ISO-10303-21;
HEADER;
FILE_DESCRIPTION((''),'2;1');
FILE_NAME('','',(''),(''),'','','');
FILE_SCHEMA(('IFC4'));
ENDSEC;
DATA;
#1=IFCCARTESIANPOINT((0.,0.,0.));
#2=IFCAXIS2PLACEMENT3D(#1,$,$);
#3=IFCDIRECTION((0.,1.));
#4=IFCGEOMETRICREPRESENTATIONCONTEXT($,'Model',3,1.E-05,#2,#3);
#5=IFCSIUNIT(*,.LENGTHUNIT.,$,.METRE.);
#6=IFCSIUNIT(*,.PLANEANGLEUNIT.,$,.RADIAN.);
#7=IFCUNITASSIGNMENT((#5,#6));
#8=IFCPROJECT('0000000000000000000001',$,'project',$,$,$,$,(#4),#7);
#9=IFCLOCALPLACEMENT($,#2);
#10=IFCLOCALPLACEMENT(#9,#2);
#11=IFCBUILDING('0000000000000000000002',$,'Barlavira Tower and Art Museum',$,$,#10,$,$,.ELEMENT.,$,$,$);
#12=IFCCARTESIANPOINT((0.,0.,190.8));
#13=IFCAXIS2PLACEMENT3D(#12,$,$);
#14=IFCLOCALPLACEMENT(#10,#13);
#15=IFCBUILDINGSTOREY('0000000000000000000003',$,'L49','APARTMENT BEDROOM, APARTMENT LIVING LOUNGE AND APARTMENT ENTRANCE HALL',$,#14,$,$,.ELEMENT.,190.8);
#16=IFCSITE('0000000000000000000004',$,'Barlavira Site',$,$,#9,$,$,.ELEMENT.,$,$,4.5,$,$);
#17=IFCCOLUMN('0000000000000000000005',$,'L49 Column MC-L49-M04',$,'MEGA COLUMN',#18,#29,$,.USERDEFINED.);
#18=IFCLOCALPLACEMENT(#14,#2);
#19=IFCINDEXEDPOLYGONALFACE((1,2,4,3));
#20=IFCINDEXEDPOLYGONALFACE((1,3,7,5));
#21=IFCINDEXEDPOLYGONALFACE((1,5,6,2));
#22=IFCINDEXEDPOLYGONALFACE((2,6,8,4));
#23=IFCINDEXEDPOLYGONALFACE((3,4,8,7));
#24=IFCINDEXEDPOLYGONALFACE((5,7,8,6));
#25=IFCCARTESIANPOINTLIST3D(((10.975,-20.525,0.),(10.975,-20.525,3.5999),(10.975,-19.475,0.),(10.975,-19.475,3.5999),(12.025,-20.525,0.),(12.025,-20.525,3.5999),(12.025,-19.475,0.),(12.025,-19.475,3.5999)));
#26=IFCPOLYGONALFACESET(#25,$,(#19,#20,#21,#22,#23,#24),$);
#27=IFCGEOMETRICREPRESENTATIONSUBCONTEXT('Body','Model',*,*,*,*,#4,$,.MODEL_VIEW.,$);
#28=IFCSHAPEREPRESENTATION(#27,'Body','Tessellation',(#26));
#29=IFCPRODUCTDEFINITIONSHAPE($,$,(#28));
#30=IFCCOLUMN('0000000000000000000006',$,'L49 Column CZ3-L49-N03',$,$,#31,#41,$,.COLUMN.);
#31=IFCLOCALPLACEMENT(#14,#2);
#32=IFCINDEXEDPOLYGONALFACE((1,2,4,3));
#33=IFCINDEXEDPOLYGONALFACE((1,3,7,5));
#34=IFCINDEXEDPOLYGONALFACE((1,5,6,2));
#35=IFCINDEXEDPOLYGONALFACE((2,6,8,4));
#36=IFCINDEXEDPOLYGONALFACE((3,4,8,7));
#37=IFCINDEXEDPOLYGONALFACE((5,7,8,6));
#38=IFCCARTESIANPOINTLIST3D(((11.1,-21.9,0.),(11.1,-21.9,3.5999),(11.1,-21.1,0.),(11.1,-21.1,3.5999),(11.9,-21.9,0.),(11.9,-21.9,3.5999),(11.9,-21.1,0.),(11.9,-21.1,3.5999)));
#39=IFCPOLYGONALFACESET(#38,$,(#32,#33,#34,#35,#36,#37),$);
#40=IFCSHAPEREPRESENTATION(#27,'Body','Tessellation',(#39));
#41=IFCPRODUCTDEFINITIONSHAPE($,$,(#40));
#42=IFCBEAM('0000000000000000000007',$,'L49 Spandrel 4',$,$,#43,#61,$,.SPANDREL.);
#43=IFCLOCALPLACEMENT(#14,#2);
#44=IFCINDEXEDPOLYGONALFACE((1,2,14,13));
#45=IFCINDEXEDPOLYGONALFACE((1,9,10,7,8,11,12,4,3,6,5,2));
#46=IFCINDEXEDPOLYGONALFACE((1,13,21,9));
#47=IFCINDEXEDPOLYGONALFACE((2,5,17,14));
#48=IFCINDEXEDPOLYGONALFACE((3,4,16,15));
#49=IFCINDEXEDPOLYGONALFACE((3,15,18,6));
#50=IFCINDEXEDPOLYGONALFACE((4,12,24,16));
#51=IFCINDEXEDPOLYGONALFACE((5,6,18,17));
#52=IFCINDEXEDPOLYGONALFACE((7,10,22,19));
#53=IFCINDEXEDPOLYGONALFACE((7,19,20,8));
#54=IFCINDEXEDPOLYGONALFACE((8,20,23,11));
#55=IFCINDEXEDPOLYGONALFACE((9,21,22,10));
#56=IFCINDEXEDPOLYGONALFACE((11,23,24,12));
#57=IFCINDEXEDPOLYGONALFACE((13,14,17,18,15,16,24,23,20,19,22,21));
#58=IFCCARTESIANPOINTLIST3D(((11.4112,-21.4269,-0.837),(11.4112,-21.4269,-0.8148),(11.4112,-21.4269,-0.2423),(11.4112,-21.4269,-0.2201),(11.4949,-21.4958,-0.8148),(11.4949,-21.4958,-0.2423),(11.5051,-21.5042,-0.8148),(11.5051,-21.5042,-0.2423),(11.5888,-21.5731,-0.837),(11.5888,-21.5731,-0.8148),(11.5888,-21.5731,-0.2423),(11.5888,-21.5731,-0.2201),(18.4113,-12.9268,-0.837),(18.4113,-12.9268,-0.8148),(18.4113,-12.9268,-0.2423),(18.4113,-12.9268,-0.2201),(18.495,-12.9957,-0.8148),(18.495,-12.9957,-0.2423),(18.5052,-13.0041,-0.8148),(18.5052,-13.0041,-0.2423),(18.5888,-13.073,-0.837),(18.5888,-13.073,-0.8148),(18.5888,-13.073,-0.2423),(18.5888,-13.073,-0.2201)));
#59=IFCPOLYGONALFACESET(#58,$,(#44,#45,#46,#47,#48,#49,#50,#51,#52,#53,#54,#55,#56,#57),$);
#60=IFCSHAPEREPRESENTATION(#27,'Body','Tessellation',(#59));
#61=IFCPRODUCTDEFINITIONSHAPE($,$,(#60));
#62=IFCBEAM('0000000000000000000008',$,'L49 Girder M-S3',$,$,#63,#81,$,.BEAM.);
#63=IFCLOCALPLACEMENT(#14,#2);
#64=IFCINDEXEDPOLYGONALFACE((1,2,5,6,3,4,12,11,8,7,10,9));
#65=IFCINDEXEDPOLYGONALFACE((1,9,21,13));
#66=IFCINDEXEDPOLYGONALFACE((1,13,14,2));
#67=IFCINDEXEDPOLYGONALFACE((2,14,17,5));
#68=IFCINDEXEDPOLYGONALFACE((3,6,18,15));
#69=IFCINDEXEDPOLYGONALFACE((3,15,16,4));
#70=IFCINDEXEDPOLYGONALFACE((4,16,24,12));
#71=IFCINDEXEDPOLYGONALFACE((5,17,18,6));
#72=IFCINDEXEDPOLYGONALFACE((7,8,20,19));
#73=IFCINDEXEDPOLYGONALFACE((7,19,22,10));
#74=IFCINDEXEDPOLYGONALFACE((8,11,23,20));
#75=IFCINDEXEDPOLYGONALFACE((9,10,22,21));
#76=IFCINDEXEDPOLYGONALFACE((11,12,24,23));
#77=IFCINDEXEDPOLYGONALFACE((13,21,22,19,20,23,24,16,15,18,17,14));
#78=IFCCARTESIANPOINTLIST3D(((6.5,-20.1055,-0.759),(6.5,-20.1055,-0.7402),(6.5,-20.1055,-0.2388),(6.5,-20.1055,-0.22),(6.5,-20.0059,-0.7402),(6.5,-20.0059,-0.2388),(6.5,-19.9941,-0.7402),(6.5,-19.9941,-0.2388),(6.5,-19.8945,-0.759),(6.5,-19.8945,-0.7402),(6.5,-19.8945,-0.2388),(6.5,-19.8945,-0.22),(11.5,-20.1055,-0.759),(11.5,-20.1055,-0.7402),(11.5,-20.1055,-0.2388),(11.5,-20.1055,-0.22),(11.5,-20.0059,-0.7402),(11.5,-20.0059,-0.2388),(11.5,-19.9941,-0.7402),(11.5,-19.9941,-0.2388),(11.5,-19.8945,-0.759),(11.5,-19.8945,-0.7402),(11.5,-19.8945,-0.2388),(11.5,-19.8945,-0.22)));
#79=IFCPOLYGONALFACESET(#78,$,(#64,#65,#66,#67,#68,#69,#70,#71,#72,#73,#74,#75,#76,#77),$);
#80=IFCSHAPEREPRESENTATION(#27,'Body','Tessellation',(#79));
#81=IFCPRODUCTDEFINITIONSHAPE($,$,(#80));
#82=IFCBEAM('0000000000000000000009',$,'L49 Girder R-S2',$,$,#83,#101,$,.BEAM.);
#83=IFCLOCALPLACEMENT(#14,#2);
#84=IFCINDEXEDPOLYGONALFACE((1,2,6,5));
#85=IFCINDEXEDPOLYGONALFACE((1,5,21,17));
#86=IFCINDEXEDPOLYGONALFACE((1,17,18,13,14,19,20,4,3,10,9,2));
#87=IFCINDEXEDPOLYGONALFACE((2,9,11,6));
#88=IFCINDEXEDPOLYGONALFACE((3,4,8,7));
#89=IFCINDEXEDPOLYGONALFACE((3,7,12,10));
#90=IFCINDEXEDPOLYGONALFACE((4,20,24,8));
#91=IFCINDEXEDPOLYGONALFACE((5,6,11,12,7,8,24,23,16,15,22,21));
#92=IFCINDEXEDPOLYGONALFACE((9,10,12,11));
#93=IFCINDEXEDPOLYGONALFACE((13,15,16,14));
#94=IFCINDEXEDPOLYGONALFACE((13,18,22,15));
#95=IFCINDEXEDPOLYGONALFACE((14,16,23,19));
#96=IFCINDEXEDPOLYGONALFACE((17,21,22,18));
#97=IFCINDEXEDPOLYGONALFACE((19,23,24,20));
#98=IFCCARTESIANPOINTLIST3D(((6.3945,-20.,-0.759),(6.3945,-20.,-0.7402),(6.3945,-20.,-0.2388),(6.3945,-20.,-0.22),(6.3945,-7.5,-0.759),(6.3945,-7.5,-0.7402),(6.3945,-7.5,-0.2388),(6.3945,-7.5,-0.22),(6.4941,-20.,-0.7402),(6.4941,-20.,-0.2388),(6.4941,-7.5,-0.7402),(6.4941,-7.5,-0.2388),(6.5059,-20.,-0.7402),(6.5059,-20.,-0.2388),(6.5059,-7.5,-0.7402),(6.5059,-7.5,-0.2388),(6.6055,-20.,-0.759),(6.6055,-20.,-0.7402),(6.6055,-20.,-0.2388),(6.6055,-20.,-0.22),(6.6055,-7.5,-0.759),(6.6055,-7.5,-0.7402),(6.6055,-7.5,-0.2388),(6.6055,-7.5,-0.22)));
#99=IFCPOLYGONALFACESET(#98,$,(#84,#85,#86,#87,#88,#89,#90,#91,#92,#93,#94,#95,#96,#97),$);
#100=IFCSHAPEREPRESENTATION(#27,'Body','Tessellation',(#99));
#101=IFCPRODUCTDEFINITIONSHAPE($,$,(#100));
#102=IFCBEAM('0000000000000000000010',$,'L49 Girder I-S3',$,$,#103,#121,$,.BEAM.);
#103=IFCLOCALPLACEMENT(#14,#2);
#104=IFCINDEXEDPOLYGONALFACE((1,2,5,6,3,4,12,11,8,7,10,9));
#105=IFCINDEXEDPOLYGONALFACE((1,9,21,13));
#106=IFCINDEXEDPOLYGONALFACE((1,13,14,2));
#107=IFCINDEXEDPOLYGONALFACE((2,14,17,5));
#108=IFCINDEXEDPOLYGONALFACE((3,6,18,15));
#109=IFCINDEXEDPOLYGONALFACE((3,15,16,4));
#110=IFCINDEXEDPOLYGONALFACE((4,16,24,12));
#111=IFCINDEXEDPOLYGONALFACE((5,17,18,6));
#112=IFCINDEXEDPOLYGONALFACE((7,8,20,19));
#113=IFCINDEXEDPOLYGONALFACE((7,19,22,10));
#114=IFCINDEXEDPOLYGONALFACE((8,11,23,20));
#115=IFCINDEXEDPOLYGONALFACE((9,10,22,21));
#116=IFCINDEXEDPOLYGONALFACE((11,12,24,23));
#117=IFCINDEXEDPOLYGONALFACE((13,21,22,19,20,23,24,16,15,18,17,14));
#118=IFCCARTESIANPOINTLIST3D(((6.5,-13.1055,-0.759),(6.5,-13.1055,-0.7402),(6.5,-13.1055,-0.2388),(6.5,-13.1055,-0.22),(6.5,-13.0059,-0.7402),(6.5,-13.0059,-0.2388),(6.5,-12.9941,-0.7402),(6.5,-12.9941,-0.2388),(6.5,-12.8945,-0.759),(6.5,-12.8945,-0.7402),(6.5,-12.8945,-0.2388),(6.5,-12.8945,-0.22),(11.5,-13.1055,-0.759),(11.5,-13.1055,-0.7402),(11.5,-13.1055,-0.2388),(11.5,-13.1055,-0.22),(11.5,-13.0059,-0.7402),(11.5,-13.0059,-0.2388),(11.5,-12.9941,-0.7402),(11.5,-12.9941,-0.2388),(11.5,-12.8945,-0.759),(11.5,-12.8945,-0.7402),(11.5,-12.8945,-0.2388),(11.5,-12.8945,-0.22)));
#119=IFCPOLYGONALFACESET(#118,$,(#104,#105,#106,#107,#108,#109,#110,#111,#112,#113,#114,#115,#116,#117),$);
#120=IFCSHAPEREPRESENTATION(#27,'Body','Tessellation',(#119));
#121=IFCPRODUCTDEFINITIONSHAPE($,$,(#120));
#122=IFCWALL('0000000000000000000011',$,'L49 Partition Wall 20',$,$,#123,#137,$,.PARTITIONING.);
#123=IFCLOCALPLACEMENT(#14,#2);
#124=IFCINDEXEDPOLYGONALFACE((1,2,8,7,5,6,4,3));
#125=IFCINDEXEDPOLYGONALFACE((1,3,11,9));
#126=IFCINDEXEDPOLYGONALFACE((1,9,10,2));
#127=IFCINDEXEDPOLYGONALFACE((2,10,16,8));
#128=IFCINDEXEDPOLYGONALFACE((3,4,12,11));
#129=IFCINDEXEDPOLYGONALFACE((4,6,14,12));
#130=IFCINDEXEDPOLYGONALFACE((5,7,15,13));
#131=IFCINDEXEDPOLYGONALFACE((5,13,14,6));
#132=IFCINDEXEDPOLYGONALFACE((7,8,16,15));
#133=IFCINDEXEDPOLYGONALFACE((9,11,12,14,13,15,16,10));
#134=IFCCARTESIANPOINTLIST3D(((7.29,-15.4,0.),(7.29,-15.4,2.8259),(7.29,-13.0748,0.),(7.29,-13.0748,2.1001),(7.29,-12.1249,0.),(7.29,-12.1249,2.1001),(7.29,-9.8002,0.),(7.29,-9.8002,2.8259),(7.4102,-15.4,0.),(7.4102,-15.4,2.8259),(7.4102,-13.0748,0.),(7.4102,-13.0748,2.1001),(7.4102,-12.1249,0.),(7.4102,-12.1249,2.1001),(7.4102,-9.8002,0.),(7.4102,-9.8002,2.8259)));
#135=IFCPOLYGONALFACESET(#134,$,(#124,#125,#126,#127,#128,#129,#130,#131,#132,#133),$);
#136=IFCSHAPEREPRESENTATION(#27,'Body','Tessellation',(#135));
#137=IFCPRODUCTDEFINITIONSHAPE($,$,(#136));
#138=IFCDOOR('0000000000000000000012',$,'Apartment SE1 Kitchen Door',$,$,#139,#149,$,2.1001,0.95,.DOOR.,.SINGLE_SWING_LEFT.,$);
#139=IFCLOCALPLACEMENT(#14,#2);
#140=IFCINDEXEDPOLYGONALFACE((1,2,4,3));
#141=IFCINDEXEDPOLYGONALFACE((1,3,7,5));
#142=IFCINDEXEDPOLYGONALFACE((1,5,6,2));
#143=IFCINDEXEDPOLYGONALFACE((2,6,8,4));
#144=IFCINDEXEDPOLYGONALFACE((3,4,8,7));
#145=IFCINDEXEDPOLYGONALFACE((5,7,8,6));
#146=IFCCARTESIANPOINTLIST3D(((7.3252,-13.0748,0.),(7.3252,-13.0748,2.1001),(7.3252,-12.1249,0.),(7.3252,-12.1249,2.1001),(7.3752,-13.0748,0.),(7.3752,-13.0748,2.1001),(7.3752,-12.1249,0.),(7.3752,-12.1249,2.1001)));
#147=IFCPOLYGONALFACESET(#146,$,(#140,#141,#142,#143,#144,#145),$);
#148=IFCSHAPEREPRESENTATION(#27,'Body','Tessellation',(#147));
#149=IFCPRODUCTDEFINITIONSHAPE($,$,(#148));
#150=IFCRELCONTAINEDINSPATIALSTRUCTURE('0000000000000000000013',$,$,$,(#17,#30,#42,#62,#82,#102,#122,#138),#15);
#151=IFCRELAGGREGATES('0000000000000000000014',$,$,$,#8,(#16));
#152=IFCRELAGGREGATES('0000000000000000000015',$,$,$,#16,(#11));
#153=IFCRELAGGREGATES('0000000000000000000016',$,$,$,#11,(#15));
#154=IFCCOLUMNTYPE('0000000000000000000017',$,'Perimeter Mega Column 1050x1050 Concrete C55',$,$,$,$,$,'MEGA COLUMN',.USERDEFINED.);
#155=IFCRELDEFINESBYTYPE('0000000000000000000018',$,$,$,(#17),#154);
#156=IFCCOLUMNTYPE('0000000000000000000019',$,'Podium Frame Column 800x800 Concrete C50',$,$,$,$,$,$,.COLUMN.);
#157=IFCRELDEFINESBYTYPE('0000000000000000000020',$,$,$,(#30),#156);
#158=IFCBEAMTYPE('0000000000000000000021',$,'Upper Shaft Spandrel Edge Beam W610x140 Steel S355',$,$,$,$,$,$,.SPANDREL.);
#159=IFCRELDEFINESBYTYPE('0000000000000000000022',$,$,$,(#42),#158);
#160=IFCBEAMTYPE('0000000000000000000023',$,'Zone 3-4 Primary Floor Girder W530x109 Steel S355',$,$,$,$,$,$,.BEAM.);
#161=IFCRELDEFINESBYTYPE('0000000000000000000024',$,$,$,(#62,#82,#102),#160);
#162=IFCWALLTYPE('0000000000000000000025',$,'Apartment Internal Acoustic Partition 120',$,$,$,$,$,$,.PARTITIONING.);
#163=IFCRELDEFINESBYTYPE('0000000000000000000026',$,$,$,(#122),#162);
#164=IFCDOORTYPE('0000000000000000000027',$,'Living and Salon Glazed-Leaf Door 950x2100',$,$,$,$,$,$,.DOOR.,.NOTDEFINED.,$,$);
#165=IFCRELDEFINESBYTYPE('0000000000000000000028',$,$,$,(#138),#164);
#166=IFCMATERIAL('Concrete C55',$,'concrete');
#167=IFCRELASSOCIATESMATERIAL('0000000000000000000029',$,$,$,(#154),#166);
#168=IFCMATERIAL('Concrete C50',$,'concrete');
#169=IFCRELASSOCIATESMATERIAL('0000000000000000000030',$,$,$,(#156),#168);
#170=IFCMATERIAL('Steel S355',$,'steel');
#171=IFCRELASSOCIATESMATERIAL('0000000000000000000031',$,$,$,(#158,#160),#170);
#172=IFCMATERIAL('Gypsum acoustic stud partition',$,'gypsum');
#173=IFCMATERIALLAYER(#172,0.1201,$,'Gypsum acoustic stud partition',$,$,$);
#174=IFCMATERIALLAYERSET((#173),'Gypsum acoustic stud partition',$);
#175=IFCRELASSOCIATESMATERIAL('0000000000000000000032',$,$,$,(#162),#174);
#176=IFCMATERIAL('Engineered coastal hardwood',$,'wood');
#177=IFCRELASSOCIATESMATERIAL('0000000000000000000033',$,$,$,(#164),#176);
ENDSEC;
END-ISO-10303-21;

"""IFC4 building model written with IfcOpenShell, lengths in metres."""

from ifc_helpers import new_model, si_unit, direction, frame, frame_2d, origin, origin_2d, place, context, subcontext, project, spatial, rectangle, i_section, extrude, material, layer, layer_set, material_profile, profile_set, type_object, element, fill, save


model = new_model("IFC4")

# Units and contexts
model_context = context("Model", 3, precision=1e-05, world=origin(), true_north=direction((0.0, 1.0)))
body_context = subcontext(model_context, "Body", "Model", "MODEL_VIEW")
ifc_project = project(units=[si_unit("LENGTHUNIT", "METRE"), si_unit("PLANEANGLEUNIT", "RADIAN")], contexts=[model_context])

# Site, building, storey
site_placement = place(None, origin())
site = spatial("IfcSite", under=ifc_project, at=site_placement, Name="Barlavira Site", CompositionType="ELEMENT", RefElevation=4.5)
building_placement = place(site_placement, origin())
building = spatial("IfcBuilding", under=site, at=building_placement, Name="Barlavira Tower and Art Museum", CompositionType="ELEMENT")
storey_placement = place(building_placement, frame((0.0, 0.0, 190.8)))
storey = spatial("IfcBuildingStorey", under=building, at=storey_placement, Name="L49", Description="APARTMENT BEDROOM, APARTMENT LIVING LOUNGE AND APARTMENT ENTRANCE HALL", CompositionType="ELEMENT", Elevation=190.8)

# Columns
ifc_material_1 = material(Name="Concrete C55", Category="concrete")
ifc_material_profile_1 = material_profile(ifc_material_1, rectangle(XDim=1.05, YDim=1.05, at=origin_2d()), Name="RC-COL 1050x1050")
ifc_profile_set_1 = profile_set([ifc_material_profile_1], Name="Concrete C55")
column_type_1 = type_object("IfcColumnType", Name="Perimeter Mega Column 1050x1050 Concrete C55", ElementType="MEGA COLUMN", PredefinedType="USERDEFINED", material=ifc_profile_set_1)
column_1_placement = place(storey_placement, frame((11.5, -20.0, 0.0), z_axis=(0.0, 0.0, 1.0), x_axis=(1.0, 0.0, 0.0)))
element("IfcColumn", 1, at=column_1_placement, inside=storey, type_object=column_type_1, Name="L49 Column MC-L49-M04", ObjectType="MEGA COLUMN", PredefinedType="USERDEFINED", context=body_context, shape_type="SweptSolid", body=[
    extrude(rectangle(XDim=1.05, YDim=1.05, at=origin_2d()), origin(), (0.0, 0.0, 1.0), 3.5999),
])
ifc_material_2 = material(Name="Concrete C50", Category="concrete")
ifc_material_profile_2 = material_profile(ifc_material_2, rectangle(XDim=0.8, YDim=0.8, at=origin_2d()), Name="RC-COL 800x800")
ifc_profile_set_2 = profile_set([ifc_material_profile_2], Name="Concrete C50")
column_type_2 = type_object("IfcColumnType", Name="Podium Frame Column 800x800 Concrete C50", PredefinedType="COLUMN", material=ifc_profile_set_2)
column_2_placement = place(storey_placement, frame((11.5, -21.5, 0.0), z_axis=(0.0, 0.0, 1.0), x_axis=(1.0, 0.0, 0.0)))
element("IfcColumn", 2, at=column_2_placement, inside=storey, type_object=column_type_2, Name="L49 Column CZ3-L49-N03", PredefinedType="COLUMN", context=body_context, shape_type="SweptSolid", body=[
    extrude(rectangle(XDim=0.8, YDim=0.8, at=origin_2d()), origin(), (0.0, 0.0, 1.0), 3.5999),
])

# Beams
ifc_material_3 = material(Name="Steel S355", Category="steel")
ifc_material_profile_3 = material_profile(ifc_material_3, i_section(OverallWidth=0.23, OverallDepth=0.6169, WebThickness=0.0132, FlangeThickness=0.0222, at=origin_2d()), Name="W610x140.0")
ifc_profile_set_3 = profile_set([ifc_material_profile_3], Name="Steel S355")
beam_type_1 = type_object("IfcBeamType", Name="Upper Shaft Spandrel Edge Beam W610x140 Steel S355", PredefinedType="SPANDREL", material=ifc_profile_set_3)
beam_1_placement = place(storey_placement, frame((11.5, -21.5, -0.5286), z_axis=(0.635707, 0.77193, 0.0), x_axis=(-0.77193, 0.635707, 0.0)))
element("IfcBeam", 3, at=beam_1_placement, inside=storey, type_object=beam_type_1, Name="L49 Spandrel 4", PredefinedType="SPANDREL", context=body_context, shape_type="SweptSolid", body=[
    extrude(i_section(OverallWidth=0.23, OverallDepth=0.6169, WebThickness=0.0132, FlangeThickness=0.0222, at=origin_2d()), origin(), (0.0, 0.0, 1.0), 11.0115),
])
ifc_material_profile_4 = material_profile(ifc_material_3, i_section(OverallWidth=0.2109, OverallDepth=0.5391, WebThickness=0.0117, FlangeThickness=0.0188, at=origin_2d()), Name="W530x109.0")
ifc_profile_set_4 = profile_set([ifc_material_profile_4], Name="Steel S355")
beam_type_2 = type_object("IfcBeamType", Name="Zone 3-4 Primary Floor Girder W530x109 Steel S355", PredefinedType="BEAM", material=ifc_profile_set_4)
beam_2_placement = place(storey_placement, frame((6.5, -20.0, -0.4895), z_axis=(1.0, 0.0, 0.0), x_axis=(0.0, 1.0, 0.0)))
element("IfcBeam", 4, at=beam_2_placement, inside=storey, type_object=beam_type_2, Name="L49 Girder M-S3", PredefinedType="BEAM", context=body_context, shape_type="SweptSolid", body=[
    extrude(i_section(OverallWidth=0.2109, OverallDepth=0.5391, WebThickness=0.0117, FlangeThickness=0.0188, at=origin_2d()), origin(), (0.0, 0.0, 1.0), 5.0),
])
beam_3_placement = place(storey_placement, frame((6.5, -20.0, -0.4895), z_axis=(0.0, 1.0, 0.0), x_axis=(-1.0, 0.0, 0.0)))
element("IfcBeam", 5, at=beam_3_placement, inside=storey, type_object=beam_type_2, Name="L49 Girder R-S2", PredefinedType="BEAM", context=body_context, shape_type="SweptSolid", body=[
    extrude(i_section(OverallWidth=0.2109, OverallDepth=0.5391, WebThickness=0.0117, FlangeThickness=0.0188, at=origin_2d()), origin(), (0.0, 0.0, 1.0), 12.5),
])
beam_4_placement = place(storey_placement, frame((6.5, -13.0, -0.4895), z_axis=(1.0, 0.0, 0.0), x_axis=(0.0, 1.0, 0.0)))
element("IfcBeam", 6, at=beam_4_placement, inside=storey, type_object=beam_type_2, Name="L49 Girder I-S3", PredefinedType="BEAM", context=body_context, shape_type="SweptSolid", body=[
    extrude(i_section(OverallWidth=0.2109, OverallDepth=0.5391, WebThickness=0.0117, FlangeThickness=0.0188, at=origin_2d()), origin(), (0.0, 0.0, 1.0), 5.0),
])

# Wall, opening, door
ifc_material_4 = material(Name="Gypsum acoustic stud partition", Category="gypsum")
ifc_layer_1 = layer(ifc_material_4, 0.1201, Name="Gypsum acoustic stud partition")
ifc_layer_set_1 = layer_set([ifc_layer_1], Name="Gypsum acoustic stud partition")
wall_type_1 = type_object("IfcWallType", Name="Apartment Internal Acoustic Partition 120", PredefinedType="PARTITIONING", material=ifc_layer_set_1)
wall_1_placement = place(storey_placement, frame((7.3501, -15.3999, 0.0), z_axis=(0.0, 0.0, 1.0), x_axis=(0.0, 1.0, 0.0)))
wall_1 = element("IfcWall", 7, at=wall_1_placement, inside=storey, type_object=wall_type_1, Name="L49 Partition Wall 20", PredefinedType="PARTITIONING", context=body_context, shape_type="SweptSolid", body=[
    extrude(rectangle(XDim=5.5999, YDim=0.1201, at=frame_2d((2.7998, 0.0))), origin(), (0.0, 0.0, 1.0), 2.8259),
])
opening_1_placement = place(wall_1_placement, frame((2.325, 0.0, 0.0)))
opening_1 = element("IfcOpeningElement", 8, at=opening_1_placement, cuts=wall_1, PredefinedType="OPENING", context=body_context, shape_type="SweptSolid", body=[
    extrude(rectangle(XDim=0.95, YDim=2.1001, at=frame_2d((0.4751, 1.05))), frame((0.0, 0.0701, 0.0), z_axis=(0.0, -1.0, 0.0), x_axis=(1.0, 0.0, 0.0)), (0.0, 0.0, 1.0), 0.1401),
])
ifc_material_5 = material(Name="Engineered coastal hardwood", Category="wood")
door_type_1 = type_object("IfcDoorType", Name="Living and Salon Glazed-Leaf Door 950x2100", OperationType="NOTDEFINED", PredefinedType="DOOR", material=ifc_material_5)
door_1_placement = place(opening_1_placement, origin())
door_1 = element("IfcDoor", 9, at=door_1_placement, inside=storey, type_object=door_type_1, Name="Apartment SE1 Kitchen Door", OperationType="SINGLE_SWING_LEFT", OverallHeight=2.1001, OverallWidth=0.95, PredefinedType="DOOR", context=body_context, shape_type="SweptSolid", body=[
    extrude(rectangle(XDim=0.95, YDim=2.1001, at=frame_2d((0.4751, 1.05))), frame((0.0, 0.0249, 0.0), z_axis=(0.0, -1.0, 0.0), x_axis=(1.0, 0.0, 0.0)), (0.0, 0.0, 1.0), 0.05),
])
fill(opening_1, door_1)

save(model, "model.ifc")
